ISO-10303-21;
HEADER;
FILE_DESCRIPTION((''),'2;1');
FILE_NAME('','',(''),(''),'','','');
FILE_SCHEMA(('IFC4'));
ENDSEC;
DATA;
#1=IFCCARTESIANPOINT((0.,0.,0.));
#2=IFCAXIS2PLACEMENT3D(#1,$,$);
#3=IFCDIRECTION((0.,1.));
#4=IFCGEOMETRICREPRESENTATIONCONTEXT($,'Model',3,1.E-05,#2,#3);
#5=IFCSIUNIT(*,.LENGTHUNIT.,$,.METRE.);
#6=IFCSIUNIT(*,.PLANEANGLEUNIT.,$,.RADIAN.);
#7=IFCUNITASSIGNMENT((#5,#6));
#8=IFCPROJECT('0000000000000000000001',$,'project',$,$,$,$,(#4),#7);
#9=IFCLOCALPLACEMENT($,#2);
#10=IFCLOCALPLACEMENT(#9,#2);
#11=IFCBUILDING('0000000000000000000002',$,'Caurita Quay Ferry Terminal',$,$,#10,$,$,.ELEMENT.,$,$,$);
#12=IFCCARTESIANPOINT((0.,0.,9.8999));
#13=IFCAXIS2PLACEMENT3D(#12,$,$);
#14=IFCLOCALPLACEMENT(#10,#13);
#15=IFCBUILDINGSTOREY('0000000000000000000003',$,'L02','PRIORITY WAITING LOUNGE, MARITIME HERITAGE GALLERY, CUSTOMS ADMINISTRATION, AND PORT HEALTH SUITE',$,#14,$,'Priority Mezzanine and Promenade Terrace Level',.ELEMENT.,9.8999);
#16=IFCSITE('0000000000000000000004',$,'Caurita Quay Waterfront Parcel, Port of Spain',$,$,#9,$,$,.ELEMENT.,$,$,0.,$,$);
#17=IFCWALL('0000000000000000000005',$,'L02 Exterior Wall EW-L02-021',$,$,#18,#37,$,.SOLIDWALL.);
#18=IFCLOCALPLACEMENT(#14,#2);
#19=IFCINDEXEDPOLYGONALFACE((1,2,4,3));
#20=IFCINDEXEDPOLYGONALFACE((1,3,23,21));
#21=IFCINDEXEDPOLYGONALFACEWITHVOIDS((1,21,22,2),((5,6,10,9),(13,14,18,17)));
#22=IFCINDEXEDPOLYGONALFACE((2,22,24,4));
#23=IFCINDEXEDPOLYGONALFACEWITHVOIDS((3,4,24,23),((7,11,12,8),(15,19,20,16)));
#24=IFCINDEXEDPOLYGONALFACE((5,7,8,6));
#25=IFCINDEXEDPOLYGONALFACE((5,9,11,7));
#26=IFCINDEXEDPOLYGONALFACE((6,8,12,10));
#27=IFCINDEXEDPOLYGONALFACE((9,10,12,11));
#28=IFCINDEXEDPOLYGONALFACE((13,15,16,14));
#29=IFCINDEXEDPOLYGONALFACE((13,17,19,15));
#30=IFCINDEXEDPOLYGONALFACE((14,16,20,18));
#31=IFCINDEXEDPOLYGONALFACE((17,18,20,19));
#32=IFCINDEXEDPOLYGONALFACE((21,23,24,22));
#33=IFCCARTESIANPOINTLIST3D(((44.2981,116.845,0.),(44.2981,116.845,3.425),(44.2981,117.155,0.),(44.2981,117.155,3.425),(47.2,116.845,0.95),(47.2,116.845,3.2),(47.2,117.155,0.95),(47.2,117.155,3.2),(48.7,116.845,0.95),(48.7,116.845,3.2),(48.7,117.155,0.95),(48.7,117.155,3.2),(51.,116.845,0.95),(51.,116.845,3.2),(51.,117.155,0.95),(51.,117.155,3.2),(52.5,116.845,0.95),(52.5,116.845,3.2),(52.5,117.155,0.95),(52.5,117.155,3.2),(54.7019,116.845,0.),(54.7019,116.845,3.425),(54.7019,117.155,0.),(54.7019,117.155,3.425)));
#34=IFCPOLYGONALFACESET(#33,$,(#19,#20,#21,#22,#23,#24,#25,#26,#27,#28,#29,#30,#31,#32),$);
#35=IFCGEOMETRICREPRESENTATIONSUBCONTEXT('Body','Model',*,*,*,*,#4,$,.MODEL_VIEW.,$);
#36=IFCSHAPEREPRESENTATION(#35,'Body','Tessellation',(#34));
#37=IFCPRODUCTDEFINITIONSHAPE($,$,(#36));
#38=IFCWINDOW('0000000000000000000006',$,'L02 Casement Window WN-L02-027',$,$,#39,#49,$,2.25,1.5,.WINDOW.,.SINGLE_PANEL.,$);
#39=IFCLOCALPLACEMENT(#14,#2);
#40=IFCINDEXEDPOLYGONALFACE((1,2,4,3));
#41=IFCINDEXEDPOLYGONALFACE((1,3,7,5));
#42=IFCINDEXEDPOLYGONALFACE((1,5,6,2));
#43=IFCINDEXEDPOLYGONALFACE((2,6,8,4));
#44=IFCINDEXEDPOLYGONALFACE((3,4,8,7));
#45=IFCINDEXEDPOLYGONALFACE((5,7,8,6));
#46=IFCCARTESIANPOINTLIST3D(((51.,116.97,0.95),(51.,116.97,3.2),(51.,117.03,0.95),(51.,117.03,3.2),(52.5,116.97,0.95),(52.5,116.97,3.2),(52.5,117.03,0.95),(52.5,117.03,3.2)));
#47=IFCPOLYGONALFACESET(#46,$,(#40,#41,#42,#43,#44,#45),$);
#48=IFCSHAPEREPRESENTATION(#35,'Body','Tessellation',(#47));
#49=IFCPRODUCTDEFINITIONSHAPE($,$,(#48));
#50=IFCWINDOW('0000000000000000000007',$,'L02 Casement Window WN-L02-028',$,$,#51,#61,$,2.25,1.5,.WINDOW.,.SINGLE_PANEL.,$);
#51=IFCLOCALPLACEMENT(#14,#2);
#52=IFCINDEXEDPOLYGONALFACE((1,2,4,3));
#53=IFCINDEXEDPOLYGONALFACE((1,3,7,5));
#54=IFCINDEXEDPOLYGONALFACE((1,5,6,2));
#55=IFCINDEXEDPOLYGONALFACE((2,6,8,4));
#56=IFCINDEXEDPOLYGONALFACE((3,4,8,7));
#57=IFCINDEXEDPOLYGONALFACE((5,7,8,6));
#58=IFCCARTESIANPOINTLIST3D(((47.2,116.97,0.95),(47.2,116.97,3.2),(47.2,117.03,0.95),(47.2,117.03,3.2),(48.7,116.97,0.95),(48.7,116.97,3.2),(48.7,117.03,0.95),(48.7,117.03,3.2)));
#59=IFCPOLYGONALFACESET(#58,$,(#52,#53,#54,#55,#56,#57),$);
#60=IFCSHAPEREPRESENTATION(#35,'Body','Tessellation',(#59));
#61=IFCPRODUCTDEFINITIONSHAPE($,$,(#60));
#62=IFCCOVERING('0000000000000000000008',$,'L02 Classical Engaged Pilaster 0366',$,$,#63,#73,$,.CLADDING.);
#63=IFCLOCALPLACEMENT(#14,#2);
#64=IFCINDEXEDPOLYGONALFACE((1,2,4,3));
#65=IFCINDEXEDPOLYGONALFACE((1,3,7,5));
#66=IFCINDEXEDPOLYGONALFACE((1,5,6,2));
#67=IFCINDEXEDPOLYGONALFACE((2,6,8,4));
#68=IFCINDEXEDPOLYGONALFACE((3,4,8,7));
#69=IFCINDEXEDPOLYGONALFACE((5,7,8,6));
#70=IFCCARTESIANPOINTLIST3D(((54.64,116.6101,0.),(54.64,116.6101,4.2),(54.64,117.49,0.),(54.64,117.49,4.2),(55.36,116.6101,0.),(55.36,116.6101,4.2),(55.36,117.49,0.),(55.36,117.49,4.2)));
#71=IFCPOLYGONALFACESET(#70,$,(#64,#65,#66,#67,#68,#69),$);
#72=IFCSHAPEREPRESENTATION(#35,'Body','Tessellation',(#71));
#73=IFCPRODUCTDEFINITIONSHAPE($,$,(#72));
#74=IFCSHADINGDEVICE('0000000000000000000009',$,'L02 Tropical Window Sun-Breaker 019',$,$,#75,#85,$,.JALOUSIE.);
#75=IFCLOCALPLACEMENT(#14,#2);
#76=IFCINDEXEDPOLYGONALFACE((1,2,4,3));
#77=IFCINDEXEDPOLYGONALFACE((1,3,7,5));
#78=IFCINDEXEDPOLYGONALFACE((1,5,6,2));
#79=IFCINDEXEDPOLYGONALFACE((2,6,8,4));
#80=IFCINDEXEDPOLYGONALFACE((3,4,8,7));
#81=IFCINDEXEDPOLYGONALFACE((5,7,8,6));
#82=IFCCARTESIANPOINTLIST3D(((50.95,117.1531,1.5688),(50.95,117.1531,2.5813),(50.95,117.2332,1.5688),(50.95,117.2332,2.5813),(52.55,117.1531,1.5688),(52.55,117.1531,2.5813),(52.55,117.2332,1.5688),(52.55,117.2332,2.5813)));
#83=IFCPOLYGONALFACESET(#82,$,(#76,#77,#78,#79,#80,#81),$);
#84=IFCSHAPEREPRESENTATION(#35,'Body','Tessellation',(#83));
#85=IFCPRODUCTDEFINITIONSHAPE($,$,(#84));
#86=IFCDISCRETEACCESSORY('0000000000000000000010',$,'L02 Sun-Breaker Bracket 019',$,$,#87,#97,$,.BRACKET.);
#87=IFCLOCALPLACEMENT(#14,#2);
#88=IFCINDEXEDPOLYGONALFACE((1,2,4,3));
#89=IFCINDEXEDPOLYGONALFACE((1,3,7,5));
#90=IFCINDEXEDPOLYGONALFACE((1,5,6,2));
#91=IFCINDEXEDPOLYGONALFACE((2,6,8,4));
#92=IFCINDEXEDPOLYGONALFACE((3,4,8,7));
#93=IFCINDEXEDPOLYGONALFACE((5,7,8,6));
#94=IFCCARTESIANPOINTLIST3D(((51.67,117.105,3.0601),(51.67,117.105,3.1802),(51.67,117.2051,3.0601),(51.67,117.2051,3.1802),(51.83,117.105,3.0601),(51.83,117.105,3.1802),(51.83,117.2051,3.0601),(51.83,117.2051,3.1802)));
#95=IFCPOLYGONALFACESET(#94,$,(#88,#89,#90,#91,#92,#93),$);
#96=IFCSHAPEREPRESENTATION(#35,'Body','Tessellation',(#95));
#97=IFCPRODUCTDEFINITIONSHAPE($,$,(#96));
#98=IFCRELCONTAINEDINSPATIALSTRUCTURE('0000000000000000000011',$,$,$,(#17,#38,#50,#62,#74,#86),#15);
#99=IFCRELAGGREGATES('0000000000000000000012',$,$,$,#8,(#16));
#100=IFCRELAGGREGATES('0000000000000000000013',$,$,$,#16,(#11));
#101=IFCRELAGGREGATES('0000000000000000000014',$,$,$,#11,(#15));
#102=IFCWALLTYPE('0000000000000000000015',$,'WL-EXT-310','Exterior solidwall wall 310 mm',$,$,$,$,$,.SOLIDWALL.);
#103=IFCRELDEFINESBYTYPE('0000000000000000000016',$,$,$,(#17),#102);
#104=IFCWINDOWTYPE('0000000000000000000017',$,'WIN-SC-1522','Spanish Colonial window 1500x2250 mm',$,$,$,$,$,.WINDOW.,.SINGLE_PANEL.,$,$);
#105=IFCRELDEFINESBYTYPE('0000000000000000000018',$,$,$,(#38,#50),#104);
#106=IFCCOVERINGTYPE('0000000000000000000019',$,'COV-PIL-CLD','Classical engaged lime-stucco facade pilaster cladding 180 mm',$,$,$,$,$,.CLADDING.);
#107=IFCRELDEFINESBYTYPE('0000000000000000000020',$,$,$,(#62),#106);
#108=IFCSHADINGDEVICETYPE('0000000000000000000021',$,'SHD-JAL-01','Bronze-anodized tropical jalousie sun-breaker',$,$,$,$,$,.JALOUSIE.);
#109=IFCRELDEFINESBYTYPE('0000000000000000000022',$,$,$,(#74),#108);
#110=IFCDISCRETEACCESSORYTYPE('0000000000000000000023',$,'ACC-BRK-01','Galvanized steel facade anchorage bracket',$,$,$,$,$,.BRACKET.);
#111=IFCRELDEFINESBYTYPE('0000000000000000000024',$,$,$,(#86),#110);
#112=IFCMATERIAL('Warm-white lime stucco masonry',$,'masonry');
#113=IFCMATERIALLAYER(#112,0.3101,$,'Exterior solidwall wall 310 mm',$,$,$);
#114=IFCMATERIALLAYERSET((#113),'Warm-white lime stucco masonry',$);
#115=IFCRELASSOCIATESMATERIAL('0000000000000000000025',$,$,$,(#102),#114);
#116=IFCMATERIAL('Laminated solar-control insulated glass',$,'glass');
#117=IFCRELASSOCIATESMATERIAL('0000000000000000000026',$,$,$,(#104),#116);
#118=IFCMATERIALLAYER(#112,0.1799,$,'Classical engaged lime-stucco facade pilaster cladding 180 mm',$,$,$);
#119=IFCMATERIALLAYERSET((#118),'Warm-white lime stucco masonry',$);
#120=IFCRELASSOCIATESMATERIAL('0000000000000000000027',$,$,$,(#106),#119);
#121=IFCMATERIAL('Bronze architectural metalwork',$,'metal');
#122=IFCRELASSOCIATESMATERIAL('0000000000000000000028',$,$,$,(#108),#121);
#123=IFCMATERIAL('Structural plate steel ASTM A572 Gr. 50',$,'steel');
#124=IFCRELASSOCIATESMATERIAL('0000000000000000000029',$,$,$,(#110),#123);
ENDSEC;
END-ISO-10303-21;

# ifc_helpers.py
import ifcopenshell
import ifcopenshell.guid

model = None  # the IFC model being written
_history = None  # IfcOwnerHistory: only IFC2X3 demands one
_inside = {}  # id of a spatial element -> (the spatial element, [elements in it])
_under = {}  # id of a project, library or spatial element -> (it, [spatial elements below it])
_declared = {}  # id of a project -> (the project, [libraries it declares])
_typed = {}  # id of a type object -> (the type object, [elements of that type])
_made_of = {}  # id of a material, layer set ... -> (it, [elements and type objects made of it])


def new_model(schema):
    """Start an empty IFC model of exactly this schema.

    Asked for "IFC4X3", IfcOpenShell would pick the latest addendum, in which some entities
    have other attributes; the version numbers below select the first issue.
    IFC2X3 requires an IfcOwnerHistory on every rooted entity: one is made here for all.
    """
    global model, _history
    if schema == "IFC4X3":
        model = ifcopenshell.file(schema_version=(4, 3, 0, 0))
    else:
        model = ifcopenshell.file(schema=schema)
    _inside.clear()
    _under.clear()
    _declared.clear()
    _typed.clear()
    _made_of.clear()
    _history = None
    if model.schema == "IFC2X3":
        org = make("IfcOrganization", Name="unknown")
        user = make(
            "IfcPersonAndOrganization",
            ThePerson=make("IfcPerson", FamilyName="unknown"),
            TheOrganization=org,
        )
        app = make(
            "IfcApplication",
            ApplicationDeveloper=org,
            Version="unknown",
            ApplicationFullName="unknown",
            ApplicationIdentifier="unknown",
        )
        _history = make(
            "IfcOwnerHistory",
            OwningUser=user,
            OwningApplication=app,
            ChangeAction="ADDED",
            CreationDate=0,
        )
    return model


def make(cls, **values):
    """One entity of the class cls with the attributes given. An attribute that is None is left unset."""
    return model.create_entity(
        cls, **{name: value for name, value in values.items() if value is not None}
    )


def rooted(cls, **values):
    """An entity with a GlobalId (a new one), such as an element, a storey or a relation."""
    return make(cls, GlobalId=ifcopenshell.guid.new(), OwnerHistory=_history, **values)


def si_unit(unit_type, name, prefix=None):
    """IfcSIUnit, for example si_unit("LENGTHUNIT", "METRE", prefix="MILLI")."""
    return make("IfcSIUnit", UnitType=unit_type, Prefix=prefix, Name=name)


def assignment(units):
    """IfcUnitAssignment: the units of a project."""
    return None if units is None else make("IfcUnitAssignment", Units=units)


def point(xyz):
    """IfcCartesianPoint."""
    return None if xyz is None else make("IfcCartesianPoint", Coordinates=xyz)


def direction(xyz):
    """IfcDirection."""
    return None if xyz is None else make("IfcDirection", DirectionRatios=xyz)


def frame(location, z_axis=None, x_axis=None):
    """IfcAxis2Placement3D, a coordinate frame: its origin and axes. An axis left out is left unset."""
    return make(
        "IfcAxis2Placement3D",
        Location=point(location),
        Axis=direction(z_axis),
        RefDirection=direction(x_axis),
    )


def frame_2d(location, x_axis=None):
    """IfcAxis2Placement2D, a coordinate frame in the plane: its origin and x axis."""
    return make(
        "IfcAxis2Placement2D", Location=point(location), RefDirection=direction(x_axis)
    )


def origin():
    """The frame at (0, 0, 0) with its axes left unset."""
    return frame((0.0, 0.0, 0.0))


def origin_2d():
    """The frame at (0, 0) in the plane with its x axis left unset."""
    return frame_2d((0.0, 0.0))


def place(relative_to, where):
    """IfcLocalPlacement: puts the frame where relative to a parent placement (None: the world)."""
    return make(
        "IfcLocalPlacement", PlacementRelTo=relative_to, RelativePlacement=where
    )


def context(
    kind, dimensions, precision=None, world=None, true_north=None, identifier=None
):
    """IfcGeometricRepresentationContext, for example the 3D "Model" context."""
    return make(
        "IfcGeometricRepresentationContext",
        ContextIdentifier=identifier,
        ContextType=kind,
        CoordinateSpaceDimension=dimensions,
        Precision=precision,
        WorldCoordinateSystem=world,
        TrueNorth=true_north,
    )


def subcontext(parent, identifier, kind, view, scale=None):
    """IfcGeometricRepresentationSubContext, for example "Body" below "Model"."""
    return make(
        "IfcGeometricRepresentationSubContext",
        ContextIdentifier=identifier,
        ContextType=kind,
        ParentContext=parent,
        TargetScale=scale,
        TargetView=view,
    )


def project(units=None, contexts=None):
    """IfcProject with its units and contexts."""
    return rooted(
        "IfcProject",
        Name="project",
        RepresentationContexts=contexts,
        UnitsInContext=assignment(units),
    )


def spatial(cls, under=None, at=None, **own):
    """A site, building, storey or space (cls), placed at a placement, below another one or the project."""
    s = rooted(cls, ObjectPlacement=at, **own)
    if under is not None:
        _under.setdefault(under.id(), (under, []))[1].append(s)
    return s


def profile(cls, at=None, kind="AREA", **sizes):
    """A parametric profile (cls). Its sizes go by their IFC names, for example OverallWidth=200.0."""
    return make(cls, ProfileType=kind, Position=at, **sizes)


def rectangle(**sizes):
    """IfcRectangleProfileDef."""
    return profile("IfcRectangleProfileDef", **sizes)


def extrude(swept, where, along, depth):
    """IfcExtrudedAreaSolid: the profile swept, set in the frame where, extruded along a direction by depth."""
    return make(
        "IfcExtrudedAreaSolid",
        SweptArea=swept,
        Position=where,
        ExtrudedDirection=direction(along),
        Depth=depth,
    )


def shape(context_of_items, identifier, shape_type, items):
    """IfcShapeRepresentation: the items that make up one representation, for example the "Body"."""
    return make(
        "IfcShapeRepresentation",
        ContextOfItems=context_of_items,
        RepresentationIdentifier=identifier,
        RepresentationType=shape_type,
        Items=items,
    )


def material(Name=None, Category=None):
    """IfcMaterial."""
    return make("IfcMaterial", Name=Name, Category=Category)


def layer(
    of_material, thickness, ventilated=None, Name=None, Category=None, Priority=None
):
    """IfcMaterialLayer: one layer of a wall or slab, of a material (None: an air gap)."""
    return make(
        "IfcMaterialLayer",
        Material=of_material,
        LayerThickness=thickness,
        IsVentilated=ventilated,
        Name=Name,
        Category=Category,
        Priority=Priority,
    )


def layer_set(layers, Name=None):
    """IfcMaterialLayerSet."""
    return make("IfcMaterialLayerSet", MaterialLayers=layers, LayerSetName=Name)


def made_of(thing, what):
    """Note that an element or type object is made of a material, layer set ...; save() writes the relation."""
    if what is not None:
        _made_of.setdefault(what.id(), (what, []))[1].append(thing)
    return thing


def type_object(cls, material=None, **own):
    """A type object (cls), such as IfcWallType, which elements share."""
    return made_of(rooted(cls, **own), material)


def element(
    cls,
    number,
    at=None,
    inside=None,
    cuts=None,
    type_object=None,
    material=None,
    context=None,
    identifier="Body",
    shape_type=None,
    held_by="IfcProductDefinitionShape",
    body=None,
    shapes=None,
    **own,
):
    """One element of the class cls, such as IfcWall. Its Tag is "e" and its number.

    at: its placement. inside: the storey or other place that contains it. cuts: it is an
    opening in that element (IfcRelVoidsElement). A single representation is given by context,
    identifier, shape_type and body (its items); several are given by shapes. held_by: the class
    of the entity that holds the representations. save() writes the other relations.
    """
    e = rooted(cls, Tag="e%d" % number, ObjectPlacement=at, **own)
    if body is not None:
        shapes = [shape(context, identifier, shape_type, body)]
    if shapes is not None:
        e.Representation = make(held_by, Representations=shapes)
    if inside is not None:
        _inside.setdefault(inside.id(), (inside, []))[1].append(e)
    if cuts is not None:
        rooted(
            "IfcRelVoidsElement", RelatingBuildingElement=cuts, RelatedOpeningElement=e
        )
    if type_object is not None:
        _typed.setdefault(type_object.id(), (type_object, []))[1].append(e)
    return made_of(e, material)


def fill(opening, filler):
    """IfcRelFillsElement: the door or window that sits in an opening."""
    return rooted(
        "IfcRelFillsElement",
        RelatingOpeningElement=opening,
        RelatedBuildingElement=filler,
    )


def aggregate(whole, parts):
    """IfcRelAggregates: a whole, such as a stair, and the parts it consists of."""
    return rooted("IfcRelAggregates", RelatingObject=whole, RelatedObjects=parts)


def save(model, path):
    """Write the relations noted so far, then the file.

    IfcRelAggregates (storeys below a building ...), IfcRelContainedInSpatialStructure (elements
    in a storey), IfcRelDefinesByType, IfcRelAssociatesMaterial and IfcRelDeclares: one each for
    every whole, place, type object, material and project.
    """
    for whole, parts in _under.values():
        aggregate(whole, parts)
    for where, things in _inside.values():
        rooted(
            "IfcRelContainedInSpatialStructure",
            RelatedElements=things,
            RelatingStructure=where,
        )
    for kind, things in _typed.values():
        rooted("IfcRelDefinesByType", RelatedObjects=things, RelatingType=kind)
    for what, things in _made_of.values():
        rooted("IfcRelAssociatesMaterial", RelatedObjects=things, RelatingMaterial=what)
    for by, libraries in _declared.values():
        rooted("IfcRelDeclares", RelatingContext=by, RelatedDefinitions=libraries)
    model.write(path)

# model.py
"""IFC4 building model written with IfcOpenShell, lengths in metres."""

from ifc_helpers import new_model, si_unit, direction, frame, frame_2d, origin, origin_2d, place, context, subcontext, project, spatial, rectangle, extrude, material, layer, layer_set, type_object, element, fill, save


model = new_model("IFC4")

# Units and contexts
model_context = context("Model", 3, precision=1e-05, world=origin(), true_north=direction((0.0, 1.0)))
body_context = subcontext(model_context, "Body", "Model", "MODEL_VIEW")
ifc_project = project(units=[si_unit("LENGTHUNIT", "METRE"), si_unit("PLANEANGLEUNIT", "RADIAN")], contexts=[model_context])

# Site, building, storey
site_placement = place(None, origin())
site = spatial("IfcSite", under=ifc_project, at=site_placement, Name="Caurita Quay Waterfront Parcel, Port of Spain", CompositionType="ELEMENT", RefElevation=0.0)
building_placement = place(site_placement, origin())
building = spatial("IfcBuilding", under=site, at=building_placement, Name="Caurita Quay Ferry Terminal", CompositionType="ELEMENT")
storey_placement = place(building_placement, frame((0.0, 0.0, 9.8999)))
storey = spatial("IfcBuildingStorey", under=building, at=storey_placement, Name="L02", Description="PRIORITY WAITING LOUNGE, MARITIME HERITAGE GALLERY, CUSTOMS ADMINISTRATION, AND PORT HEALTH SUITE", LongName="Priority Mezzanine and Promenade Terrace Level", CompositionType="ELEMENT", Elevation=9.8999)

# Shared definitions
ifc_material_1 = material(Name="Laminated solar-control insulated glass", Category="glass")

# Wall, openings, windows
ifc_material_2 = material(Name="Warm-white lime stucco masonry", Category="masonry")
ifc_layer_1 = layer(ifc_material_2, 0.3101, Name="Exterior solidwall wall 310 mm")
ifc_layer_set_1 = layer_set([ifc_layer_1], Name="Warm-white lime stucco masonry")
wall_type = type_object("IfcWallType", Name="WL-EXT-310", Description="Exterior solidwall wall 310 mm", PredefinedType="SOLIDWALL", material=ifc_layer_set_1)
wall_placement = place(storey_placement, frame((54.7019, 117.0, 0.0), z_axis=(0.0, 0.0, 1.0), x_axis=(-1.0, 0.0, 0.0)))
wall = element("IfcWall", 1, at=wall_placement, inside=storey, type_object=wall_type, Name="L02 Exterior Wall EW-L02-021", PredefinedType="SOLIDWALL", context=body_context, shape_type="SweptSolid", body=[
    extrude(rectangle(XDim=10.4038, YDim=0.3101, at=frame_2d((5.2019, 0.0))), origin(), (0.0, 0.0, 1.0), 3.425),
])
opening_1_placement = place(wall_placement, frame((2.2019, 0.0, 0.95)))
opening_1 = element("IfcOpeningElement", 2, at=opening_1_placement, cuts=wall, PredefinedType="OPENING", context=body_context, shape_type="SweptSolid", body=[
    extrude(rectangle(XDim=1.5, YDim=2.25, at=frame_2d((0.75, 1.125))), frame((0.0, 0.165, 0.0), z_axis=(0.0, -1.0, 0.0), x_axis=(1.0, 0.0, 0.0)), (0.0, 0.0, 1.0), 0.3301),
])
opening_2_placement = place(wall_placement, frame((6.002, 0.0, 0.95)))
opening_2 = element("IfcOpeningElement", 3, at=opening_2_placement, cuts=wall, PredefinedType="OPENING", context=body_context, shape_type="SweptSolid", body=[
    extrude(rectangle(XDim=1.5, YDim=2.25, at=frame_2d((0.75, 1.125))), frame((0.0, 0.165, 0.0), z_axis=(0.0, -1.0, 0.0), x_axis=(1.0, 0.0, 0.0)), (0.0, 0.0, 1.0), 0.3301),
])
window_type = type_object("IfcWindowType", Name="WIN-SC-1522", Description="Spanish Colonial window 1500x2250 mm", PartitioningType="SINGLE_PANEL", PredefinedType="WINDOW", material=ifc_material_1)
window_1_placement = place(opening_1_placement, origin())
window_1 = element("IfcWindow", 4, at=window_1_placement, inside=storey, type_object=window_type, Name="L02 Casement Window WN-L02-027", OverallHeight=2.25, OverallWidth=1.5, PartitioningType="SINGLE_PANEL", PredefinedType="WINDOW", context=body_context, shape_type="SweptSolid", body=[
    extrude(rectangle(XDim=1.5, YDim=2.25, at=frame_2d((0.75, 1.125))), frame((0.0, 0.03, 0.0), z_axis=(0.0, -1.0, 0.0), x_axis=(1.0, 0.0, 0.0)), (0.0, 0.0, 1.0), 0.0601),
])
fill(opening_1, window_1)
window_2_placement = place(opening_2_placement, origin())
window_2 = element("IfcWindow", 5, at=window_2_placement, inside=storey, type_object=window_type, Name="L02 Casement Window WN-L02-028", OverallHeight=2.25, OverallWidth=1.5, PartitioningType="SINGLE_PANEL", PredefinedType="WINDOW", context=body_context, shape_type="SweptSolid", body=[
    extrude(rectangle(XDim=1.5, YDim=2.25, at=frame_2d((0.75, 1.125))), frame((0.0, 0.03, 0.0), z_axis=(0.0, -1.0, 0.0), x_axis=(1.0, 0.0, 0.0)), (0.0, 0.0, 1.0), 0.0601),
])
fill(opening_2, window_2)

# Covering
ifc_layer_2 = layer(ifc_material_2, 0.1799, Name="Classical engaged lime-stucco facade pilaster cladding 180 mm")
ifc_layer_set_2 = layer_set([ifc_layer_2], Name="Warm-white lime stucco masonry")
covering_type = type_object("IfcCoveringType", Name="COV-PIL-CLD", Description="Classical engaged lime-stucco facade pilaster cladding 180 mm", PredefinedType="CLADDING", material=ifc_layer_set_2)
covering_placement = place(storey_placement, frame((55.0, 117.05, 0.0), z_axis=(0.0, 0.0, 1.0), x_axis=(1.0, 0.0, 0.0)))
element("IfcCovering", 6, at=covering_placement, inside=storey, type_object=covering_type, Name="L02 Classical Engaged Pilaster 0366", PredefinedType="CLADDING", context=body_context, shape_type="SweptSolid", body=[
    extrude(rectangle(XDim=0.72, YDim=0.8799, at=origin_2d()), origin(), (0.0, 0.0, 1.0), 4.2),
])

# Shading device
ifc_material_3 = material(Name="Bronze architectural metalwork", Category="metal")
shading_device_type = type_object("IfcShadingDeviceType", Name="SHD-JAL-01", Description="Bronze-anodized tropical jalousie sun-breaker", PredefinedType="JALOUSIE", material=ifc_material_3)
shading_device_placement = place(storey_placement, frame((51.75, 117.1931, 1.5688), z_axis=(0.0, 0.0, 1.0), x_axis=(-1.0, 0.0, 0.0)))
element("IfcShadingDevice", 7, at=shading_device_placement, inside=storey, type_object=shading_device_type, Name="L02 Tropical Window Sun-Breaker 019", PredefinedType="JALOUSIE", context=body_context, shape_type="SweptSolid", body=[
    extrude(rectangle(XDim=1.6001, YDim=0.0801, at=origin_2d()), origin(), (0.0, 0.0, 1.0), 1.0125),
])

# Discrete accessory
ifc_material_4 = material(Name="Structural plate steel ASTM A572 Gr. 50", Category="steel")
discrete_accessory_type = type_object("IfcDiscreteAccessoryType", Name="ACC-BRK-01", Description="Galvanized steel facade anchorage bracket", PredefinedType="BRACKET", material=ifc_material_4)
discrete_accessory_placement = place(storey_placement, frame((51.75, 117.155, 3.0601), z_axis=(0.0, 0.0, 1.0), x_axis=(-1.0, 0.0, 0.0)))
element("IfcDiscreteAccessory", 8, at=discrete_accessory_placement, inside=storey, type_object=discrete_accessory_type, Name="L02 Sun-Breaker Bracket 019", PredefinedType="BRACKET", context=body_context, shape_type="SweptSolid", body=[
    extrude(rectangle(XDim=0.1599, YDim=0.1001, at=origin_2d()), origin(), (0.0, 0.0, 1.0), 0.1201),
])

save(model, "model.ifc")
